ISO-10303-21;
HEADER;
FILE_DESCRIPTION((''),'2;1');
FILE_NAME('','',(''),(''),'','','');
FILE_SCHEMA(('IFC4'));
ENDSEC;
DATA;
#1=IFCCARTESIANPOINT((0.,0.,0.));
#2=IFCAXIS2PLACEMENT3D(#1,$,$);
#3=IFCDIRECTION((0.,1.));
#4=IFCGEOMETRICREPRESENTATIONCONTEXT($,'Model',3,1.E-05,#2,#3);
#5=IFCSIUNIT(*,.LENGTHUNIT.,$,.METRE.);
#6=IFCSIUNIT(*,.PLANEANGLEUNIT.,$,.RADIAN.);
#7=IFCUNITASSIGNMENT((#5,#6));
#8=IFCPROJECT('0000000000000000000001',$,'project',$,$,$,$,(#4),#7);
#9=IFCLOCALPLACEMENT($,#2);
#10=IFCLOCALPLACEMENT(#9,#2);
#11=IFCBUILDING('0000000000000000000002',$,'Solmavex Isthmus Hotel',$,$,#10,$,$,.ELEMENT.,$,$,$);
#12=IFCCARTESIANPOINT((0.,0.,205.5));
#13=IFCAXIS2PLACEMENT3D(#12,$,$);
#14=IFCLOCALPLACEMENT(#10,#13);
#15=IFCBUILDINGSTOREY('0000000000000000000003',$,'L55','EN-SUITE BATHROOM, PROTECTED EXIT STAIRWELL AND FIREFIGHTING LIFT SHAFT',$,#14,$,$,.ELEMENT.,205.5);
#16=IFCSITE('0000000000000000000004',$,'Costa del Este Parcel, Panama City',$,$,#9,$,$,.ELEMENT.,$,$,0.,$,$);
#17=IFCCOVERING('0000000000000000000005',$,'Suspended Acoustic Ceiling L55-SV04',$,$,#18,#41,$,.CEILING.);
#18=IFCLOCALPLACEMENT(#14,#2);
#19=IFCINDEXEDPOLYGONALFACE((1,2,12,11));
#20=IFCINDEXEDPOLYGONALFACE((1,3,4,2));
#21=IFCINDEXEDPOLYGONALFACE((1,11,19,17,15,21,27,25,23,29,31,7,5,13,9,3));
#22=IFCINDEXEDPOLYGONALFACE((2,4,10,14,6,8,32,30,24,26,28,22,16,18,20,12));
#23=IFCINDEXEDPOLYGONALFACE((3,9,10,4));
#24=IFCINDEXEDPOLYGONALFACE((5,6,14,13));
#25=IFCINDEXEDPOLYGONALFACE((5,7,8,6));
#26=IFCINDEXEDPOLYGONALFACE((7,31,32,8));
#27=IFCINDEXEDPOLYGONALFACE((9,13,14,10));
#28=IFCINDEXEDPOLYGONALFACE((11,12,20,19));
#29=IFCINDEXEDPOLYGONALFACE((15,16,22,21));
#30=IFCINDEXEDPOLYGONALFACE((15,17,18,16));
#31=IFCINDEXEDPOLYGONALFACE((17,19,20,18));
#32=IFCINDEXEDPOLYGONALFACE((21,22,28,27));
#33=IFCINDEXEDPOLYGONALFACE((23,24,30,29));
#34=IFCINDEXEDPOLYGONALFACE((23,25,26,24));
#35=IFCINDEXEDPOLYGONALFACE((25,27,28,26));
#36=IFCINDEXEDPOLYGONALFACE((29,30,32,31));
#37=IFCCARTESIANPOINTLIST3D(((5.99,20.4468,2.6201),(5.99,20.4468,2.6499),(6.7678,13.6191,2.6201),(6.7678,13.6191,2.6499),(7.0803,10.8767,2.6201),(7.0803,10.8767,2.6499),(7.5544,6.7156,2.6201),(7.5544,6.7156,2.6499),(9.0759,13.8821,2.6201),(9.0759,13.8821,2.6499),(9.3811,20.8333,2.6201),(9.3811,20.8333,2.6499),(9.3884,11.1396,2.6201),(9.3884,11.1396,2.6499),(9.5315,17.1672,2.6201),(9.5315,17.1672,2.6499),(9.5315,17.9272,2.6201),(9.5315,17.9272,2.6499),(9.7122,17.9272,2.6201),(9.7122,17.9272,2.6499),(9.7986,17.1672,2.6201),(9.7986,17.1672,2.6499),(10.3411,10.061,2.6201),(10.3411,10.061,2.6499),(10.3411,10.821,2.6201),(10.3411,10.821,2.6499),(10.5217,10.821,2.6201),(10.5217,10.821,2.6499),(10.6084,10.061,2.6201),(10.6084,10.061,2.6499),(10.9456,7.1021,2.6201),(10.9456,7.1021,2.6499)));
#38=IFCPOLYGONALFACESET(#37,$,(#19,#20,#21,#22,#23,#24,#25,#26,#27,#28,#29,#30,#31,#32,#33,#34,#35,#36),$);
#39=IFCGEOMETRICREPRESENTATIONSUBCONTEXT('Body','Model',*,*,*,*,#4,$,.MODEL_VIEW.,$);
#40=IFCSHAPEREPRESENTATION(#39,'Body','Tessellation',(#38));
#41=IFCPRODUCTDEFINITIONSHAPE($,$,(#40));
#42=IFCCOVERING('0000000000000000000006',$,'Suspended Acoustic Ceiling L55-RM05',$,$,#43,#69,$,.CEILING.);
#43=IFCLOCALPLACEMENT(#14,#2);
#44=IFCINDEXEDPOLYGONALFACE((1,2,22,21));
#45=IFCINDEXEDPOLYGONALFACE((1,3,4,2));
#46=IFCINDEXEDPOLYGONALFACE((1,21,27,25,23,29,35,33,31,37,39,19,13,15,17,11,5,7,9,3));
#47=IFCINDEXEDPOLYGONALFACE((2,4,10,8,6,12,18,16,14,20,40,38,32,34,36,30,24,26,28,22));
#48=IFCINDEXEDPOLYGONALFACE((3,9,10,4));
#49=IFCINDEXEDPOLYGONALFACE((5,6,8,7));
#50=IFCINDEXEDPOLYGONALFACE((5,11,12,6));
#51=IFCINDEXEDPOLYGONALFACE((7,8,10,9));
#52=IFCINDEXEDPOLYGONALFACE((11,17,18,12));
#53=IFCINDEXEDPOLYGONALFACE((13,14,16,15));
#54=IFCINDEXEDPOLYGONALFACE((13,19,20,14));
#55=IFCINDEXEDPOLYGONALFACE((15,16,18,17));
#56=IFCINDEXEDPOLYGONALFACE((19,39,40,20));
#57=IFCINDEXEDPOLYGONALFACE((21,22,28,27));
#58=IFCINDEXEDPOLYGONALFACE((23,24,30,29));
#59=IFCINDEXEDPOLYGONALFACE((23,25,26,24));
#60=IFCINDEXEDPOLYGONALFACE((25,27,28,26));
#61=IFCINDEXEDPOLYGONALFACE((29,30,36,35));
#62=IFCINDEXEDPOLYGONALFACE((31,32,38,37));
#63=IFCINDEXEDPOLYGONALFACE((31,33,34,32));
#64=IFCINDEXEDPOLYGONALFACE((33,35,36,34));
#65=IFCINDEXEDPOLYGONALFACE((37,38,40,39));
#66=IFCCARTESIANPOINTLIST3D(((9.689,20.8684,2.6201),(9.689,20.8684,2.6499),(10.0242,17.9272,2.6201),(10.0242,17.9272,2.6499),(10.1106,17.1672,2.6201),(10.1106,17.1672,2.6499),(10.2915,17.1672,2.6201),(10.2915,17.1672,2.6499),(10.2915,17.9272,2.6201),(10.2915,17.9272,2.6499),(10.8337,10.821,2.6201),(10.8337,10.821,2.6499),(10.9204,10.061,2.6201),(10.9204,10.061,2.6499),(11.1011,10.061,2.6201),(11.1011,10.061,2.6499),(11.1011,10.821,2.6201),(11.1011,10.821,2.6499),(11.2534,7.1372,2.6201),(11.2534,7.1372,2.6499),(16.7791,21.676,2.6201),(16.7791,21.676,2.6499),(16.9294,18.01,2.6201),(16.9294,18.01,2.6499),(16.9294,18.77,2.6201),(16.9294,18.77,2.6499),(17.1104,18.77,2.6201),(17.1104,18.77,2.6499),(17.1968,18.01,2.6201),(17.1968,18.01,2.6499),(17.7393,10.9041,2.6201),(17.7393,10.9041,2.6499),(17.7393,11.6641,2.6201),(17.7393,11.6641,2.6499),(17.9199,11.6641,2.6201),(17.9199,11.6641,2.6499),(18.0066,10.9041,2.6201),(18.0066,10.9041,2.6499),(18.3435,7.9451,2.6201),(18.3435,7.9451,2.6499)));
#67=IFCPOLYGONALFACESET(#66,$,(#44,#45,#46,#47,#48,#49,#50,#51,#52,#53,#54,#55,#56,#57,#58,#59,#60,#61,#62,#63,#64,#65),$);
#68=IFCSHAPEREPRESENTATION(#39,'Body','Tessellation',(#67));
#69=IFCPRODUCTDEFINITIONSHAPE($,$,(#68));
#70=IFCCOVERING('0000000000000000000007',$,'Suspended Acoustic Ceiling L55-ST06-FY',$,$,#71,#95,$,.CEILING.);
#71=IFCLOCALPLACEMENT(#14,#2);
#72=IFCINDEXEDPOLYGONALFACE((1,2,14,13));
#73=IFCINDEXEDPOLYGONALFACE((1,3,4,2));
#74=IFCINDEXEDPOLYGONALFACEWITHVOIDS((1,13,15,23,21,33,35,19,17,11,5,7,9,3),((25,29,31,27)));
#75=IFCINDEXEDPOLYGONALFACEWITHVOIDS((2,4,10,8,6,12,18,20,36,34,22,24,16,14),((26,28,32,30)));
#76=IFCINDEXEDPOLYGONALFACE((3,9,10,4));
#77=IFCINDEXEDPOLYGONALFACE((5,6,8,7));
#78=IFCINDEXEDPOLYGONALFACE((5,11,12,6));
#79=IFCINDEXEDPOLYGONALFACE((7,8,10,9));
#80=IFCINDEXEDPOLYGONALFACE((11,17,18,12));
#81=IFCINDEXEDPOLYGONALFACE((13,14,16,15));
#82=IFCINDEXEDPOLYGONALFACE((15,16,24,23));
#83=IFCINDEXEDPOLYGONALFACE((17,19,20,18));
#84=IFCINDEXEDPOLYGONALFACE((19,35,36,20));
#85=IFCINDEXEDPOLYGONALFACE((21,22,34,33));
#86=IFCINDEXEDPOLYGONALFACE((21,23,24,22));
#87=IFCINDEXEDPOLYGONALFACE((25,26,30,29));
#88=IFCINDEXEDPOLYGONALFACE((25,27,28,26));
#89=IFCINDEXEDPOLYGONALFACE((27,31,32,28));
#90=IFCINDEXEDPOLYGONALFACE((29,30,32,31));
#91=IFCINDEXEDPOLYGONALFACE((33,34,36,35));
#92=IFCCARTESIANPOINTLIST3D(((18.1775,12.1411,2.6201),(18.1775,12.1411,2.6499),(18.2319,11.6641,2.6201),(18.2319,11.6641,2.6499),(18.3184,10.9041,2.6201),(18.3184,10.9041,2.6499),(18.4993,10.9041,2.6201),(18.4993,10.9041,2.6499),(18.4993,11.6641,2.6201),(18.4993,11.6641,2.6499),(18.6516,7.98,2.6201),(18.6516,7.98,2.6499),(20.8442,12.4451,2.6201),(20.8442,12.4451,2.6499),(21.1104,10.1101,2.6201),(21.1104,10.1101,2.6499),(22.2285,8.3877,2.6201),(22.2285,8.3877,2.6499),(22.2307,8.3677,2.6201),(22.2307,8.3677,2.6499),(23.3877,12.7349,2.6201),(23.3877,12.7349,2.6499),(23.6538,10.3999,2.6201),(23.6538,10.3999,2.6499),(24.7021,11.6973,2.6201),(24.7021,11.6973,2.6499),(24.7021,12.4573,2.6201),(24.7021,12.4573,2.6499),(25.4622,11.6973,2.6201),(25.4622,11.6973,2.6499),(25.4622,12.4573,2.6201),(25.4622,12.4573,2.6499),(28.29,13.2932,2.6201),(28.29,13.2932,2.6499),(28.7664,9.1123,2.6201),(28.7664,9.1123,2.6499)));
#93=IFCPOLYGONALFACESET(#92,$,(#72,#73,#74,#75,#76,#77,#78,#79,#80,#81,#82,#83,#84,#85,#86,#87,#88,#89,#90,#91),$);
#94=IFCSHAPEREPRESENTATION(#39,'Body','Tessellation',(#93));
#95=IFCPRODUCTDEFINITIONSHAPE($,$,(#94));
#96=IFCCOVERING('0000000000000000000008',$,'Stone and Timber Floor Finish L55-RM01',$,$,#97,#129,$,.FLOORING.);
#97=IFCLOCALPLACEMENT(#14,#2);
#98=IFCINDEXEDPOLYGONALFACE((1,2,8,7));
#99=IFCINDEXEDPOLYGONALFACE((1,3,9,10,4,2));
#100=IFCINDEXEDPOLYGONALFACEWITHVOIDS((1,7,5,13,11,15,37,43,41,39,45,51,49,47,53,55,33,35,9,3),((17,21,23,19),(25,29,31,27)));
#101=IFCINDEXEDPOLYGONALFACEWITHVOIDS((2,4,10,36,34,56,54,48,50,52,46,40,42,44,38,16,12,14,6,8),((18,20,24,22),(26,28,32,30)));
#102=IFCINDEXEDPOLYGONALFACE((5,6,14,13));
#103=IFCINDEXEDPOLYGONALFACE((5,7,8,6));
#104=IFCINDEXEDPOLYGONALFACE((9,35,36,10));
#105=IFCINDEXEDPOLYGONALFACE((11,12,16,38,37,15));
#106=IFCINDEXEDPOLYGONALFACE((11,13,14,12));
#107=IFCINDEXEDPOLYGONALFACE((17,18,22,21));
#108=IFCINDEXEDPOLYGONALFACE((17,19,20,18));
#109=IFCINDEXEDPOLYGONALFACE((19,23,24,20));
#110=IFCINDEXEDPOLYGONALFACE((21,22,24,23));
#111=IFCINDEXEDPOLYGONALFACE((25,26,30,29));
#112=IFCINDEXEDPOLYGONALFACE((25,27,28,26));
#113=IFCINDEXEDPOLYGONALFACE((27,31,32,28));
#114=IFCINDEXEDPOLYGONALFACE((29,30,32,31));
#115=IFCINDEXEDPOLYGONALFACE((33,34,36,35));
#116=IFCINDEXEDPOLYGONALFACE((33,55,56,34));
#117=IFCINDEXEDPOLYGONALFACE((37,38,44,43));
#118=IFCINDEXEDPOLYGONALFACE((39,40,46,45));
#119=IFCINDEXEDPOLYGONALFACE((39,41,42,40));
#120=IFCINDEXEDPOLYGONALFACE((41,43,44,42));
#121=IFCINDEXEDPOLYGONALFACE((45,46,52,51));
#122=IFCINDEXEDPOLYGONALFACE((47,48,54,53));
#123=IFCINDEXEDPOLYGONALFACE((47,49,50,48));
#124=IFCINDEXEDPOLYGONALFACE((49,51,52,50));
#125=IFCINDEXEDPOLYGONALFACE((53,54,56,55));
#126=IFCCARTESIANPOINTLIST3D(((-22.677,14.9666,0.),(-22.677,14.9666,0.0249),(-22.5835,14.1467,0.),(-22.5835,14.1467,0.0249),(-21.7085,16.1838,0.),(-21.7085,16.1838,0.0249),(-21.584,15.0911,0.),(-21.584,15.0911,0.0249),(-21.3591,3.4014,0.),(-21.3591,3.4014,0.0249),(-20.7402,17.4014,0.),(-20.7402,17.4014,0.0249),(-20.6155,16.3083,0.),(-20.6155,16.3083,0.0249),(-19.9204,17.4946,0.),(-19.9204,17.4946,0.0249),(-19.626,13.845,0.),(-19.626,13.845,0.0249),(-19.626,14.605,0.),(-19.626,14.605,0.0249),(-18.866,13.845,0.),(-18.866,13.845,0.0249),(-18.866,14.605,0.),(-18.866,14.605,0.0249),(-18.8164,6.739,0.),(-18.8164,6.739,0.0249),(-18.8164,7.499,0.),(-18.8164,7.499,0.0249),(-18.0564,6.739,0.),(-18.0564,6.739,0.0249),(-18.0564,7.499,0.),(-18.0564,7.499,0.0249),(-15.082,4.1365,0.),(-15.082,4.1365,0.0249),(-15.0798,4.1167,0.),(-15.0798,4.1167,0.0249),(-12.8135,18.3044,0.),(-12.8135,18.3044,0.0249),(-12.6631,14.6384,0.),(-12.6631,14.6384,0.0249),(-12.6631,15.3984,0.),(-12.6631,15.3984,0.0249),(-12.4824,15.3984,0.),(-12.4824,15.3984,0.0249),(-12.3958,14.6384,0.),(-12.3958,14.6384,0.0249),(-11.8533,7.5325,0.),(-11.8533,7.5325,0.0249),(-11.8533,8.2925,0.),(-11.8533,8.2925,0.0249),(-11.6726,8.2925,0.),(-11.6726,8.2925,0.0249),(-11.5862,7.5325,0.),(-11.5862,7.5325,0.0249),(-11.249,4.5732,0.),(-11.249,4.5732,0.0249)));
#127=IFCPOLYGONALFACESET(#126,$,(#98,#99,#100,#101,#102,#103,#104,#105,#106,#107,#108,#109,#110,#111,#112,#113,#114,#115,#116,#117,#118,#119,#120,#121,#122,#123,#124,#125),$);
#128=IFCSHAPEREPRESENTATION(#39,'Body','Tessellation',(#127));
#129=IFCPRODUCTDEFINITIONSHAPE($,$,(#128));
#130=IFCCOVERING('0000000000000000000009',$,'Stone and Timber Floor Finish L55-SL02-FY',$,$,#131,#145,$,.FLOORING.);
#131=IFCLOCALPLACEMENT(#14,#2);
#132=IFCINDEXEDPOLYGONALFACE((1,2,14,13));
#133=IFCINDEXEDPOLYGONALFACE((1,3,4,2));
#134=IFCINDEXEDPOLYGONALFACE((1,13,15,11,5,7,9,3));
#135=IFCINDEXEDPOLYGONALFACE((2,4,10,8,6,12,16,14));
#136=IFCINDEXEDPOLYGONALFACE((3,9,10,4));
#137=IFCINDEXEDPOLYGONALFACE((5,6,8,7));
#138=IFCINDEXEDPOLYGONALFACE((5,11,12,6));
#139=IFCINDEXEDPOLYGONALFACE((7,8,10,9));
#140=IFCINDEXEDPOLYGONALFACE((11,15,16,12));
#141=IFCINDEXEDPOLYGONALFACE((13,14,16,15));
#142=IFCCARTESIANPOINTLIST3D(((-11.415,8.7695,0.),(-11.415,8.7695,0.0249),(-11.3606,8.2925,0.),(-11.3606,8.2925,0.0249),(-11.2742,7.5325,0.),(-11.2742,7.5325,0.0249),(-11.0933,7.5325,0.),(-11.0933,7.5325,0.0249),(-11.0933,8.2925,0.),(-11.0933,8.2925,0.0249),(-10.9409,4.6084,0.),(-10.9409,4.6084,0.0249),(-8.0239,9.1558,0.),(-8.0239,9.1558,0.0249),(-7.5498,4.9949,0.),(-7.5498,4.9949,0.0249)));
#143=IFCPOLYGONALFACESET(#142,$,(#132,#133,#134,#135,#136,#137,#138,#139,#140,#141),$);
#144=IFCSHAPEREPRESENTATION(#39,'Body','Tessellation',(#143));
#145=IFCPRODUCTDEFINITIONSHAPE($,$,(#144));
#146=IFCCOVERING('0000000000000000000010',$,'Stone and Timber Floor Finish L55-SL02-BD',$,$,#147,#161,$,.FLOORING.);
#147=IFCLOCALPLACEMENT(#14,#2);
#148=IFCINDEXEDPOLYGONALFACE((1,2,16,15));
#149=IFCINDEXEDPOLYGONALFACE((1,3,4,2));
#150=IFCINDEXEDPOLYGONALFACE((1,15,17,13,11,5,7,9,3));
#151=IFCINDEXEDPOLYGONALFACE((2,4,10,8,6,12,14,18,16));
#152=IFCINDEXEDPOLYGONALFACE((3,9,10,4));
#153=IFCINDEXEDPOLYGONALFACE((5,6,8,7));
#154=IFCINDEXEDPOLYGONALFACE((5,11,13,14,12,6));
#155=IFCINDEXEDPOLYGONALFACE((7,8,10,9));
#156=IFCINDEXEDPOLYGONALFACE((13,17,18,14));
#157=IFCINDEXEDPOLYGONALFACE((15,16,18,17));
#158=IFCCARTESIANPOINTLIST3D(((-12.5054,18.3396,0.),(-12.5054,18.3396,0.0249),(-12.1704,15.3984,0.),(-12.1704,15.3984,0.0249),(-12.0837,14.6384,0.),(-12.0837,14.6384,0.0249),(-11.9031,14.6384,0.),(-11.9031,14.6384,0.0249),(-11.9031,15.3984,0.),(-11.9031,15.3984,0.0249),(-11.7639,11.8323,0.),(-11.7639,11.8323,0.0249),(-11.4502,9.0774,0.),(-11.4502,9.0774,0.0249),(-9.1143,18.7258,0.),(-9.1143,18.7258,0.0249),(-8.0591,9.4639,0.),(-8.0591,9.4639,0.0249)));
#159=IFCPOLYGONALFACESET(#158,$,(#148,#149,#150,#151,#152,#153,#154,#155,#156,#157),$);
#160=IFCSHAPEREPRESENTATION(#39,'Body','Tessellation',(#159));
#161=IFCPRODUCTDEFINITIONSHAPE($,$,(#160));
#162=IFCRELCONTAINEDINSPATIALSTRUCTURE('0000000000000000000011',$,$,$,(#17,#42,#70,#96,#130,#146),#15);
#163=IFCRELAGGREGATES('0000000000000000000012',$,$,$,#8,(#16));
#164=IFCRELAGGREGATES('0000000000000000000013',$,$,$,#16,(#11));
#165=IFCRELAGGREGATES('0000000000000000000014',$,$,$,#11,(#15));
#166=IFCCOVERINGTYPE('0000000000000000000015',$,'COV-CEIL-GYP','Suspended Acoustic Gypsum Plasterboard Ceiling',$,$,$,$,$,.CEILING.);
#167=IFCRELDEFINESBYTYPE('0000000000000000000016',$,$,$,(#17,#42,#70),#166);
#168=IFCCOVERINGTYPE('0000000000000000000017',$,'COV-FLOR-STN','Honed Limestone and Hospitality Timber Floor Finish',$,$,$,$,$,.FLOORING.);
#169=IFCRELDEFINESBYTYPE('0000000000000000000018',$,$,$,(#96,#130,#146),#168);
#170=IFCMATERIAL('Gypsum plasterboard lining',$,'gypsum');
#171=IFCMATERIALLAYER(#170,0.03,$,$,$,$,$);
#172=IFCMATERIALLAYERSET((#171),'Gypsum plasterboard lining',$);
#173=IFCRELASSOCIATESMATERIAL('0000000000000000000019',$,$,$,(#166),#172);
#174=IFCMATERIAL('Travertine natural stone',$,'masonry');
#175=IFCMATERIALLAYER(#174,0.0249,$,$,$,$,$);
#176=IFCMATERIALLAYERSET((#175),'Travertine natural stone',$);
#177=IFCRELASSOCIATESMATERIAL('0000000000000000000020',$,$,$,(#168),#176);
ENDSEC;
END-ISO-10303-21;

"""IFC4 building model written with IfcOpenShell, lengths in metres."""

from ifc_helpers import new_model, si_unit, direction, frame, origin, place, context, subcontext, project, spatial, polyline, outline, extrude, material, layer, layer_set, type_object, element, save


model = new_model("IFC4")

# Units and contexts
model_context = context("Model", 3, precision=1e-05, world=origin(), true_north=direction((0.0, 1.0)))
body_context = subcontext(model_context, "Body", "Model", "MODEL_VIEW")
ifc_project = project(units=[si_unit("LENGTHUNIT", "METRE"), si_unit("PLANEANGLEUNIT", "RADIAN")], contexts=[model_context])

# Site, building, storey
site_placement = place(None, origin())
site = spatial("IfcSite", under=ifc_project, at=site_placement, Name="Costa del Este Parcel, Panama City", CompositionType="ELEMENT", RefElevation=0.0)
building_placement = place(site_placement, origin())
building = spatial("IfcBuilding", under=site, at=building_placement, Name="Solmavex Isthmus Hotel", CompositionType="ELEMENT")
storey_placement = place(building_placement, frame((0.0, 0.0, 205.5)))
storey = spatial("IfcBuildingStorey", under=building, at=storey_placement, Name="L55", Description="EN-SUITE BATHROOM, PROTECTED EXIT STAIRWELL AND FIREFIGHTING LIFT SHAFT", CompositionType="ELEMENT", Elevation=205.5)

# Shared definitions
ifc_material_1 = material(Name="Gypsum plasterboard lining", Category="gypsum")

# Coverings
ifc_layer_1 = layer(ifc_material_1, 0.03)
ifc_layer_set_1 = layer_set([ifc_layer_1], Name="Gypsum plasterboard lining")
covering_type_1 = type_object("IfcCoveringType", Name="COV-CEIL-GYP", Description="Suspended Acoustic Gypsum Plasterboard Ceiling", PredefinedType="CEILING", material=ifc_layer_set_1)
covering_1_placement = place(storey_placement, frame((0.0, 0.0, 2.6201)))
element("IfcCovering", 1, at=covering_1_placement, inside=storey, type_object=covering_type_1, Name="Suspended Acoustic Ceiling L55-SV04", PredefinedType="CEILING", context=body_context, shape_type="SweptSolid", body=[
    extrude(outline(polyline([(9.7986, 17.1672), (9.5315, 17.1672), (9.5315, 17.9272), (9.7122, 17.9272), (9.3811, 20.8333), (5.99, 20.4468), (6.7678, 13.6191), (9.0759, 13.8821), (9.3884, 11.1396), (7.0803, 10.8767), (7.5544, 6.7156), (10.9456, 7.1021), (10.6084, 10.061), (10.3411, 10.061), (10.3411, 10.821), (10.5217, 10.821), (9.7986, 17.1672)])), origin(), (0.0, 0.0, 1.0), 0.0298),
])
covering_2_placement = place(storey_placement, frame((0.0, 0.0, 2.6201)))
element("IfcCovering", 2, at=covering_2_placement, inside=storey, type_object=covering_type_1, Name="Suspended Acoustic Ceiling L55-RM05", PredefinedType="CEILING", context=body_context, shape_type="SweptSolid", body=[
    extrude(outline(polyline([(10.8337, 10.821), (11.1011, 10.821), (11.1011, 10.061), (10.9204, 10.061), (11.2534, 7.1372), (18.3435, 7.9451), (18.0066, 10.9041), (17.7393, 10.9041), (17.7393, 11.6641), (17.9199, 11.6641), (17.1968, 18.01), (16.9294, 18.01), (16.9294, 18.77), (17.1104, 18.77), (16.7791, 21.676), (9.689, 20.8684), (10.0242, 17.9272), (10.2915, 17.9272), (10.2915, 17.1672), (10.1106, 17.1672), (10.8337, 10.821)])), origin(), (0.0, 0.0, 1.0), 0.0298),
])
covering_3_placement = place(storey_placement, frame((0.0, 0.0, 2.6201)))
element("IfcCovering", 3, at=covering_3_placement, inside=storey, type_object=covering_type_1, Name="Suspended Acoustic Ceiling L55-ST06-FY", PredefinedType="CEILING", context=body_context, shape_type="SweptSolid", body=[
    extrude(outline(polyline([(18.1775, 12.1411), (18.2319, 11.6641), (18.4993, 11.6641), (18.4993, 10.9041), (18.3184, 10.9041), (18.6516, 7.98), (22.2285, 8.3877), (22.2307, 8.3677), (28.7664, 9.1123), (28.29, 13.2932), (23.3877, 12.7349), (23.6538, 10.3999), (21.1104, 10.1101), (20.8442, 12.4451), (18.1775, 12.1411)]), holes=[polyline([(24.7021, 11.6973), (24.7021, 12.4573), (25.4622, 12.4573), (25.4622, 11.6973), (24.7021, 11.6973)])]), origin(), (0.0, 0.0, 1.0), 0.0298),
])
ifc_material_2 = material(Name="Travertine natural stone", Category="masonry")
ifc_layer_2 = layer(ifc_material_2, 0.0249)
ifc_layer_set_2 = layer_set([ifc_layer_2], Name="Travertine natural stone")
covering_type_2 = type_object("IfcCoveringType", Name="COV-FLOR-STN", Description="Honed Limestone and Hospitality Timber Floor Finish", PredefinedType="FLOORING", material=ifc_layer_set_2)
covering_4_placement = place(storey_placement, origin())
element("IfcCovering", 4, at=covering_4_placement, inside=storey, type_object=covering_type_2, Name="Stone and Timber Floor Finish L55-RM01", PredefinedType="FLOORING", context=body_context, shape_type="SweptSolid", body=[
    extrude(outline(polyline([(-15.0798, 4.1167), (-15.082, 4.1365), (-11.249, 4.5732), (-11.5862, 7.5325), (-11.8533, 7.5325), (-11.8533, 8.2925), (-11.6726, 8.2925), (-12.3958, 14.6384), (-12.6631, 14.6384), (-12.6631, 15.3984), (-12.4824, 15.3984), (-12.8135, 18.3044), (-19.9204, 17.4946), (-20.7402, 17.4014), (-20.6155, 16.3083), (-21.7085, 16.1838), (-21.584, 15.0911), (-22.677, 14.9666), (-22.5835, 14.1467), (-21.3591, 3.4014), (-15.0798, 4.1167)]), holes=[polyline([(-18.8164, 6.739), (-18.8164, 7.499), (-18.0564, 7.499), (-18.0564, 6.739), (-18.8164, 6.739)]), polyline([(-19.626, 13.845), (-19.626, 14.605), (-18.866, 14.605), (-18.866, 13.845), (-19.626, 13.845)])]), origin(), (0.0, 0.0, 1.0), 0.0249),
])
covering_5_placement = place(storey_placement, origin())
element("IfcCovering", 5, at=covering_5_placement, inside=storey, type_object=covering_type_2, Name="Stone and Timber Floor Finish L55-SL02-FY", PredefinedType="FLOORING", context=body_context, shape_type="SweptSolid", body=[
    extrude(outline(polyline([(-11.3606, 8.2925), (-11.0933, 8.2925), (-11.0933, 7.5325), (-11.2742, 7.5325), (-10.9409, 4.6084), (-7.5498, 4.9949), (-8.0239, 9.1558), (-11.415, 8.7695), (-11.3606, 8.2925)])), origin(), (0.0, 0.0, 1.0), 0.0249),
])
covering_6_placement = place(storey_placement, origin())
element("IfcCovering", 6, at=covering_6_placement, inside=storey, type_object=covering_type_2, Name="Stone and Timber Floor Finish L55-SL02-BD", PredefinedType="FLOORING", context=body_context, shape_type="SweptSolid", body=[
    extrude(outline(polyline([(-12.1704, 15.3984), (-11.9031, 15.3984), (-11.9031, 14.6384), (-12.0837, 14.6384), (-11.7639, 11.8323), (-11.4502, 9.0774), (-8.0591, 9.4639), (-9.1143, 18.7258), (-12.5054, 18.3396), (-12.1704, 15.3984)])), origin(), (0.0, 0.0, 1.0), 0.0249),
])

save(model, "model.ifc")
